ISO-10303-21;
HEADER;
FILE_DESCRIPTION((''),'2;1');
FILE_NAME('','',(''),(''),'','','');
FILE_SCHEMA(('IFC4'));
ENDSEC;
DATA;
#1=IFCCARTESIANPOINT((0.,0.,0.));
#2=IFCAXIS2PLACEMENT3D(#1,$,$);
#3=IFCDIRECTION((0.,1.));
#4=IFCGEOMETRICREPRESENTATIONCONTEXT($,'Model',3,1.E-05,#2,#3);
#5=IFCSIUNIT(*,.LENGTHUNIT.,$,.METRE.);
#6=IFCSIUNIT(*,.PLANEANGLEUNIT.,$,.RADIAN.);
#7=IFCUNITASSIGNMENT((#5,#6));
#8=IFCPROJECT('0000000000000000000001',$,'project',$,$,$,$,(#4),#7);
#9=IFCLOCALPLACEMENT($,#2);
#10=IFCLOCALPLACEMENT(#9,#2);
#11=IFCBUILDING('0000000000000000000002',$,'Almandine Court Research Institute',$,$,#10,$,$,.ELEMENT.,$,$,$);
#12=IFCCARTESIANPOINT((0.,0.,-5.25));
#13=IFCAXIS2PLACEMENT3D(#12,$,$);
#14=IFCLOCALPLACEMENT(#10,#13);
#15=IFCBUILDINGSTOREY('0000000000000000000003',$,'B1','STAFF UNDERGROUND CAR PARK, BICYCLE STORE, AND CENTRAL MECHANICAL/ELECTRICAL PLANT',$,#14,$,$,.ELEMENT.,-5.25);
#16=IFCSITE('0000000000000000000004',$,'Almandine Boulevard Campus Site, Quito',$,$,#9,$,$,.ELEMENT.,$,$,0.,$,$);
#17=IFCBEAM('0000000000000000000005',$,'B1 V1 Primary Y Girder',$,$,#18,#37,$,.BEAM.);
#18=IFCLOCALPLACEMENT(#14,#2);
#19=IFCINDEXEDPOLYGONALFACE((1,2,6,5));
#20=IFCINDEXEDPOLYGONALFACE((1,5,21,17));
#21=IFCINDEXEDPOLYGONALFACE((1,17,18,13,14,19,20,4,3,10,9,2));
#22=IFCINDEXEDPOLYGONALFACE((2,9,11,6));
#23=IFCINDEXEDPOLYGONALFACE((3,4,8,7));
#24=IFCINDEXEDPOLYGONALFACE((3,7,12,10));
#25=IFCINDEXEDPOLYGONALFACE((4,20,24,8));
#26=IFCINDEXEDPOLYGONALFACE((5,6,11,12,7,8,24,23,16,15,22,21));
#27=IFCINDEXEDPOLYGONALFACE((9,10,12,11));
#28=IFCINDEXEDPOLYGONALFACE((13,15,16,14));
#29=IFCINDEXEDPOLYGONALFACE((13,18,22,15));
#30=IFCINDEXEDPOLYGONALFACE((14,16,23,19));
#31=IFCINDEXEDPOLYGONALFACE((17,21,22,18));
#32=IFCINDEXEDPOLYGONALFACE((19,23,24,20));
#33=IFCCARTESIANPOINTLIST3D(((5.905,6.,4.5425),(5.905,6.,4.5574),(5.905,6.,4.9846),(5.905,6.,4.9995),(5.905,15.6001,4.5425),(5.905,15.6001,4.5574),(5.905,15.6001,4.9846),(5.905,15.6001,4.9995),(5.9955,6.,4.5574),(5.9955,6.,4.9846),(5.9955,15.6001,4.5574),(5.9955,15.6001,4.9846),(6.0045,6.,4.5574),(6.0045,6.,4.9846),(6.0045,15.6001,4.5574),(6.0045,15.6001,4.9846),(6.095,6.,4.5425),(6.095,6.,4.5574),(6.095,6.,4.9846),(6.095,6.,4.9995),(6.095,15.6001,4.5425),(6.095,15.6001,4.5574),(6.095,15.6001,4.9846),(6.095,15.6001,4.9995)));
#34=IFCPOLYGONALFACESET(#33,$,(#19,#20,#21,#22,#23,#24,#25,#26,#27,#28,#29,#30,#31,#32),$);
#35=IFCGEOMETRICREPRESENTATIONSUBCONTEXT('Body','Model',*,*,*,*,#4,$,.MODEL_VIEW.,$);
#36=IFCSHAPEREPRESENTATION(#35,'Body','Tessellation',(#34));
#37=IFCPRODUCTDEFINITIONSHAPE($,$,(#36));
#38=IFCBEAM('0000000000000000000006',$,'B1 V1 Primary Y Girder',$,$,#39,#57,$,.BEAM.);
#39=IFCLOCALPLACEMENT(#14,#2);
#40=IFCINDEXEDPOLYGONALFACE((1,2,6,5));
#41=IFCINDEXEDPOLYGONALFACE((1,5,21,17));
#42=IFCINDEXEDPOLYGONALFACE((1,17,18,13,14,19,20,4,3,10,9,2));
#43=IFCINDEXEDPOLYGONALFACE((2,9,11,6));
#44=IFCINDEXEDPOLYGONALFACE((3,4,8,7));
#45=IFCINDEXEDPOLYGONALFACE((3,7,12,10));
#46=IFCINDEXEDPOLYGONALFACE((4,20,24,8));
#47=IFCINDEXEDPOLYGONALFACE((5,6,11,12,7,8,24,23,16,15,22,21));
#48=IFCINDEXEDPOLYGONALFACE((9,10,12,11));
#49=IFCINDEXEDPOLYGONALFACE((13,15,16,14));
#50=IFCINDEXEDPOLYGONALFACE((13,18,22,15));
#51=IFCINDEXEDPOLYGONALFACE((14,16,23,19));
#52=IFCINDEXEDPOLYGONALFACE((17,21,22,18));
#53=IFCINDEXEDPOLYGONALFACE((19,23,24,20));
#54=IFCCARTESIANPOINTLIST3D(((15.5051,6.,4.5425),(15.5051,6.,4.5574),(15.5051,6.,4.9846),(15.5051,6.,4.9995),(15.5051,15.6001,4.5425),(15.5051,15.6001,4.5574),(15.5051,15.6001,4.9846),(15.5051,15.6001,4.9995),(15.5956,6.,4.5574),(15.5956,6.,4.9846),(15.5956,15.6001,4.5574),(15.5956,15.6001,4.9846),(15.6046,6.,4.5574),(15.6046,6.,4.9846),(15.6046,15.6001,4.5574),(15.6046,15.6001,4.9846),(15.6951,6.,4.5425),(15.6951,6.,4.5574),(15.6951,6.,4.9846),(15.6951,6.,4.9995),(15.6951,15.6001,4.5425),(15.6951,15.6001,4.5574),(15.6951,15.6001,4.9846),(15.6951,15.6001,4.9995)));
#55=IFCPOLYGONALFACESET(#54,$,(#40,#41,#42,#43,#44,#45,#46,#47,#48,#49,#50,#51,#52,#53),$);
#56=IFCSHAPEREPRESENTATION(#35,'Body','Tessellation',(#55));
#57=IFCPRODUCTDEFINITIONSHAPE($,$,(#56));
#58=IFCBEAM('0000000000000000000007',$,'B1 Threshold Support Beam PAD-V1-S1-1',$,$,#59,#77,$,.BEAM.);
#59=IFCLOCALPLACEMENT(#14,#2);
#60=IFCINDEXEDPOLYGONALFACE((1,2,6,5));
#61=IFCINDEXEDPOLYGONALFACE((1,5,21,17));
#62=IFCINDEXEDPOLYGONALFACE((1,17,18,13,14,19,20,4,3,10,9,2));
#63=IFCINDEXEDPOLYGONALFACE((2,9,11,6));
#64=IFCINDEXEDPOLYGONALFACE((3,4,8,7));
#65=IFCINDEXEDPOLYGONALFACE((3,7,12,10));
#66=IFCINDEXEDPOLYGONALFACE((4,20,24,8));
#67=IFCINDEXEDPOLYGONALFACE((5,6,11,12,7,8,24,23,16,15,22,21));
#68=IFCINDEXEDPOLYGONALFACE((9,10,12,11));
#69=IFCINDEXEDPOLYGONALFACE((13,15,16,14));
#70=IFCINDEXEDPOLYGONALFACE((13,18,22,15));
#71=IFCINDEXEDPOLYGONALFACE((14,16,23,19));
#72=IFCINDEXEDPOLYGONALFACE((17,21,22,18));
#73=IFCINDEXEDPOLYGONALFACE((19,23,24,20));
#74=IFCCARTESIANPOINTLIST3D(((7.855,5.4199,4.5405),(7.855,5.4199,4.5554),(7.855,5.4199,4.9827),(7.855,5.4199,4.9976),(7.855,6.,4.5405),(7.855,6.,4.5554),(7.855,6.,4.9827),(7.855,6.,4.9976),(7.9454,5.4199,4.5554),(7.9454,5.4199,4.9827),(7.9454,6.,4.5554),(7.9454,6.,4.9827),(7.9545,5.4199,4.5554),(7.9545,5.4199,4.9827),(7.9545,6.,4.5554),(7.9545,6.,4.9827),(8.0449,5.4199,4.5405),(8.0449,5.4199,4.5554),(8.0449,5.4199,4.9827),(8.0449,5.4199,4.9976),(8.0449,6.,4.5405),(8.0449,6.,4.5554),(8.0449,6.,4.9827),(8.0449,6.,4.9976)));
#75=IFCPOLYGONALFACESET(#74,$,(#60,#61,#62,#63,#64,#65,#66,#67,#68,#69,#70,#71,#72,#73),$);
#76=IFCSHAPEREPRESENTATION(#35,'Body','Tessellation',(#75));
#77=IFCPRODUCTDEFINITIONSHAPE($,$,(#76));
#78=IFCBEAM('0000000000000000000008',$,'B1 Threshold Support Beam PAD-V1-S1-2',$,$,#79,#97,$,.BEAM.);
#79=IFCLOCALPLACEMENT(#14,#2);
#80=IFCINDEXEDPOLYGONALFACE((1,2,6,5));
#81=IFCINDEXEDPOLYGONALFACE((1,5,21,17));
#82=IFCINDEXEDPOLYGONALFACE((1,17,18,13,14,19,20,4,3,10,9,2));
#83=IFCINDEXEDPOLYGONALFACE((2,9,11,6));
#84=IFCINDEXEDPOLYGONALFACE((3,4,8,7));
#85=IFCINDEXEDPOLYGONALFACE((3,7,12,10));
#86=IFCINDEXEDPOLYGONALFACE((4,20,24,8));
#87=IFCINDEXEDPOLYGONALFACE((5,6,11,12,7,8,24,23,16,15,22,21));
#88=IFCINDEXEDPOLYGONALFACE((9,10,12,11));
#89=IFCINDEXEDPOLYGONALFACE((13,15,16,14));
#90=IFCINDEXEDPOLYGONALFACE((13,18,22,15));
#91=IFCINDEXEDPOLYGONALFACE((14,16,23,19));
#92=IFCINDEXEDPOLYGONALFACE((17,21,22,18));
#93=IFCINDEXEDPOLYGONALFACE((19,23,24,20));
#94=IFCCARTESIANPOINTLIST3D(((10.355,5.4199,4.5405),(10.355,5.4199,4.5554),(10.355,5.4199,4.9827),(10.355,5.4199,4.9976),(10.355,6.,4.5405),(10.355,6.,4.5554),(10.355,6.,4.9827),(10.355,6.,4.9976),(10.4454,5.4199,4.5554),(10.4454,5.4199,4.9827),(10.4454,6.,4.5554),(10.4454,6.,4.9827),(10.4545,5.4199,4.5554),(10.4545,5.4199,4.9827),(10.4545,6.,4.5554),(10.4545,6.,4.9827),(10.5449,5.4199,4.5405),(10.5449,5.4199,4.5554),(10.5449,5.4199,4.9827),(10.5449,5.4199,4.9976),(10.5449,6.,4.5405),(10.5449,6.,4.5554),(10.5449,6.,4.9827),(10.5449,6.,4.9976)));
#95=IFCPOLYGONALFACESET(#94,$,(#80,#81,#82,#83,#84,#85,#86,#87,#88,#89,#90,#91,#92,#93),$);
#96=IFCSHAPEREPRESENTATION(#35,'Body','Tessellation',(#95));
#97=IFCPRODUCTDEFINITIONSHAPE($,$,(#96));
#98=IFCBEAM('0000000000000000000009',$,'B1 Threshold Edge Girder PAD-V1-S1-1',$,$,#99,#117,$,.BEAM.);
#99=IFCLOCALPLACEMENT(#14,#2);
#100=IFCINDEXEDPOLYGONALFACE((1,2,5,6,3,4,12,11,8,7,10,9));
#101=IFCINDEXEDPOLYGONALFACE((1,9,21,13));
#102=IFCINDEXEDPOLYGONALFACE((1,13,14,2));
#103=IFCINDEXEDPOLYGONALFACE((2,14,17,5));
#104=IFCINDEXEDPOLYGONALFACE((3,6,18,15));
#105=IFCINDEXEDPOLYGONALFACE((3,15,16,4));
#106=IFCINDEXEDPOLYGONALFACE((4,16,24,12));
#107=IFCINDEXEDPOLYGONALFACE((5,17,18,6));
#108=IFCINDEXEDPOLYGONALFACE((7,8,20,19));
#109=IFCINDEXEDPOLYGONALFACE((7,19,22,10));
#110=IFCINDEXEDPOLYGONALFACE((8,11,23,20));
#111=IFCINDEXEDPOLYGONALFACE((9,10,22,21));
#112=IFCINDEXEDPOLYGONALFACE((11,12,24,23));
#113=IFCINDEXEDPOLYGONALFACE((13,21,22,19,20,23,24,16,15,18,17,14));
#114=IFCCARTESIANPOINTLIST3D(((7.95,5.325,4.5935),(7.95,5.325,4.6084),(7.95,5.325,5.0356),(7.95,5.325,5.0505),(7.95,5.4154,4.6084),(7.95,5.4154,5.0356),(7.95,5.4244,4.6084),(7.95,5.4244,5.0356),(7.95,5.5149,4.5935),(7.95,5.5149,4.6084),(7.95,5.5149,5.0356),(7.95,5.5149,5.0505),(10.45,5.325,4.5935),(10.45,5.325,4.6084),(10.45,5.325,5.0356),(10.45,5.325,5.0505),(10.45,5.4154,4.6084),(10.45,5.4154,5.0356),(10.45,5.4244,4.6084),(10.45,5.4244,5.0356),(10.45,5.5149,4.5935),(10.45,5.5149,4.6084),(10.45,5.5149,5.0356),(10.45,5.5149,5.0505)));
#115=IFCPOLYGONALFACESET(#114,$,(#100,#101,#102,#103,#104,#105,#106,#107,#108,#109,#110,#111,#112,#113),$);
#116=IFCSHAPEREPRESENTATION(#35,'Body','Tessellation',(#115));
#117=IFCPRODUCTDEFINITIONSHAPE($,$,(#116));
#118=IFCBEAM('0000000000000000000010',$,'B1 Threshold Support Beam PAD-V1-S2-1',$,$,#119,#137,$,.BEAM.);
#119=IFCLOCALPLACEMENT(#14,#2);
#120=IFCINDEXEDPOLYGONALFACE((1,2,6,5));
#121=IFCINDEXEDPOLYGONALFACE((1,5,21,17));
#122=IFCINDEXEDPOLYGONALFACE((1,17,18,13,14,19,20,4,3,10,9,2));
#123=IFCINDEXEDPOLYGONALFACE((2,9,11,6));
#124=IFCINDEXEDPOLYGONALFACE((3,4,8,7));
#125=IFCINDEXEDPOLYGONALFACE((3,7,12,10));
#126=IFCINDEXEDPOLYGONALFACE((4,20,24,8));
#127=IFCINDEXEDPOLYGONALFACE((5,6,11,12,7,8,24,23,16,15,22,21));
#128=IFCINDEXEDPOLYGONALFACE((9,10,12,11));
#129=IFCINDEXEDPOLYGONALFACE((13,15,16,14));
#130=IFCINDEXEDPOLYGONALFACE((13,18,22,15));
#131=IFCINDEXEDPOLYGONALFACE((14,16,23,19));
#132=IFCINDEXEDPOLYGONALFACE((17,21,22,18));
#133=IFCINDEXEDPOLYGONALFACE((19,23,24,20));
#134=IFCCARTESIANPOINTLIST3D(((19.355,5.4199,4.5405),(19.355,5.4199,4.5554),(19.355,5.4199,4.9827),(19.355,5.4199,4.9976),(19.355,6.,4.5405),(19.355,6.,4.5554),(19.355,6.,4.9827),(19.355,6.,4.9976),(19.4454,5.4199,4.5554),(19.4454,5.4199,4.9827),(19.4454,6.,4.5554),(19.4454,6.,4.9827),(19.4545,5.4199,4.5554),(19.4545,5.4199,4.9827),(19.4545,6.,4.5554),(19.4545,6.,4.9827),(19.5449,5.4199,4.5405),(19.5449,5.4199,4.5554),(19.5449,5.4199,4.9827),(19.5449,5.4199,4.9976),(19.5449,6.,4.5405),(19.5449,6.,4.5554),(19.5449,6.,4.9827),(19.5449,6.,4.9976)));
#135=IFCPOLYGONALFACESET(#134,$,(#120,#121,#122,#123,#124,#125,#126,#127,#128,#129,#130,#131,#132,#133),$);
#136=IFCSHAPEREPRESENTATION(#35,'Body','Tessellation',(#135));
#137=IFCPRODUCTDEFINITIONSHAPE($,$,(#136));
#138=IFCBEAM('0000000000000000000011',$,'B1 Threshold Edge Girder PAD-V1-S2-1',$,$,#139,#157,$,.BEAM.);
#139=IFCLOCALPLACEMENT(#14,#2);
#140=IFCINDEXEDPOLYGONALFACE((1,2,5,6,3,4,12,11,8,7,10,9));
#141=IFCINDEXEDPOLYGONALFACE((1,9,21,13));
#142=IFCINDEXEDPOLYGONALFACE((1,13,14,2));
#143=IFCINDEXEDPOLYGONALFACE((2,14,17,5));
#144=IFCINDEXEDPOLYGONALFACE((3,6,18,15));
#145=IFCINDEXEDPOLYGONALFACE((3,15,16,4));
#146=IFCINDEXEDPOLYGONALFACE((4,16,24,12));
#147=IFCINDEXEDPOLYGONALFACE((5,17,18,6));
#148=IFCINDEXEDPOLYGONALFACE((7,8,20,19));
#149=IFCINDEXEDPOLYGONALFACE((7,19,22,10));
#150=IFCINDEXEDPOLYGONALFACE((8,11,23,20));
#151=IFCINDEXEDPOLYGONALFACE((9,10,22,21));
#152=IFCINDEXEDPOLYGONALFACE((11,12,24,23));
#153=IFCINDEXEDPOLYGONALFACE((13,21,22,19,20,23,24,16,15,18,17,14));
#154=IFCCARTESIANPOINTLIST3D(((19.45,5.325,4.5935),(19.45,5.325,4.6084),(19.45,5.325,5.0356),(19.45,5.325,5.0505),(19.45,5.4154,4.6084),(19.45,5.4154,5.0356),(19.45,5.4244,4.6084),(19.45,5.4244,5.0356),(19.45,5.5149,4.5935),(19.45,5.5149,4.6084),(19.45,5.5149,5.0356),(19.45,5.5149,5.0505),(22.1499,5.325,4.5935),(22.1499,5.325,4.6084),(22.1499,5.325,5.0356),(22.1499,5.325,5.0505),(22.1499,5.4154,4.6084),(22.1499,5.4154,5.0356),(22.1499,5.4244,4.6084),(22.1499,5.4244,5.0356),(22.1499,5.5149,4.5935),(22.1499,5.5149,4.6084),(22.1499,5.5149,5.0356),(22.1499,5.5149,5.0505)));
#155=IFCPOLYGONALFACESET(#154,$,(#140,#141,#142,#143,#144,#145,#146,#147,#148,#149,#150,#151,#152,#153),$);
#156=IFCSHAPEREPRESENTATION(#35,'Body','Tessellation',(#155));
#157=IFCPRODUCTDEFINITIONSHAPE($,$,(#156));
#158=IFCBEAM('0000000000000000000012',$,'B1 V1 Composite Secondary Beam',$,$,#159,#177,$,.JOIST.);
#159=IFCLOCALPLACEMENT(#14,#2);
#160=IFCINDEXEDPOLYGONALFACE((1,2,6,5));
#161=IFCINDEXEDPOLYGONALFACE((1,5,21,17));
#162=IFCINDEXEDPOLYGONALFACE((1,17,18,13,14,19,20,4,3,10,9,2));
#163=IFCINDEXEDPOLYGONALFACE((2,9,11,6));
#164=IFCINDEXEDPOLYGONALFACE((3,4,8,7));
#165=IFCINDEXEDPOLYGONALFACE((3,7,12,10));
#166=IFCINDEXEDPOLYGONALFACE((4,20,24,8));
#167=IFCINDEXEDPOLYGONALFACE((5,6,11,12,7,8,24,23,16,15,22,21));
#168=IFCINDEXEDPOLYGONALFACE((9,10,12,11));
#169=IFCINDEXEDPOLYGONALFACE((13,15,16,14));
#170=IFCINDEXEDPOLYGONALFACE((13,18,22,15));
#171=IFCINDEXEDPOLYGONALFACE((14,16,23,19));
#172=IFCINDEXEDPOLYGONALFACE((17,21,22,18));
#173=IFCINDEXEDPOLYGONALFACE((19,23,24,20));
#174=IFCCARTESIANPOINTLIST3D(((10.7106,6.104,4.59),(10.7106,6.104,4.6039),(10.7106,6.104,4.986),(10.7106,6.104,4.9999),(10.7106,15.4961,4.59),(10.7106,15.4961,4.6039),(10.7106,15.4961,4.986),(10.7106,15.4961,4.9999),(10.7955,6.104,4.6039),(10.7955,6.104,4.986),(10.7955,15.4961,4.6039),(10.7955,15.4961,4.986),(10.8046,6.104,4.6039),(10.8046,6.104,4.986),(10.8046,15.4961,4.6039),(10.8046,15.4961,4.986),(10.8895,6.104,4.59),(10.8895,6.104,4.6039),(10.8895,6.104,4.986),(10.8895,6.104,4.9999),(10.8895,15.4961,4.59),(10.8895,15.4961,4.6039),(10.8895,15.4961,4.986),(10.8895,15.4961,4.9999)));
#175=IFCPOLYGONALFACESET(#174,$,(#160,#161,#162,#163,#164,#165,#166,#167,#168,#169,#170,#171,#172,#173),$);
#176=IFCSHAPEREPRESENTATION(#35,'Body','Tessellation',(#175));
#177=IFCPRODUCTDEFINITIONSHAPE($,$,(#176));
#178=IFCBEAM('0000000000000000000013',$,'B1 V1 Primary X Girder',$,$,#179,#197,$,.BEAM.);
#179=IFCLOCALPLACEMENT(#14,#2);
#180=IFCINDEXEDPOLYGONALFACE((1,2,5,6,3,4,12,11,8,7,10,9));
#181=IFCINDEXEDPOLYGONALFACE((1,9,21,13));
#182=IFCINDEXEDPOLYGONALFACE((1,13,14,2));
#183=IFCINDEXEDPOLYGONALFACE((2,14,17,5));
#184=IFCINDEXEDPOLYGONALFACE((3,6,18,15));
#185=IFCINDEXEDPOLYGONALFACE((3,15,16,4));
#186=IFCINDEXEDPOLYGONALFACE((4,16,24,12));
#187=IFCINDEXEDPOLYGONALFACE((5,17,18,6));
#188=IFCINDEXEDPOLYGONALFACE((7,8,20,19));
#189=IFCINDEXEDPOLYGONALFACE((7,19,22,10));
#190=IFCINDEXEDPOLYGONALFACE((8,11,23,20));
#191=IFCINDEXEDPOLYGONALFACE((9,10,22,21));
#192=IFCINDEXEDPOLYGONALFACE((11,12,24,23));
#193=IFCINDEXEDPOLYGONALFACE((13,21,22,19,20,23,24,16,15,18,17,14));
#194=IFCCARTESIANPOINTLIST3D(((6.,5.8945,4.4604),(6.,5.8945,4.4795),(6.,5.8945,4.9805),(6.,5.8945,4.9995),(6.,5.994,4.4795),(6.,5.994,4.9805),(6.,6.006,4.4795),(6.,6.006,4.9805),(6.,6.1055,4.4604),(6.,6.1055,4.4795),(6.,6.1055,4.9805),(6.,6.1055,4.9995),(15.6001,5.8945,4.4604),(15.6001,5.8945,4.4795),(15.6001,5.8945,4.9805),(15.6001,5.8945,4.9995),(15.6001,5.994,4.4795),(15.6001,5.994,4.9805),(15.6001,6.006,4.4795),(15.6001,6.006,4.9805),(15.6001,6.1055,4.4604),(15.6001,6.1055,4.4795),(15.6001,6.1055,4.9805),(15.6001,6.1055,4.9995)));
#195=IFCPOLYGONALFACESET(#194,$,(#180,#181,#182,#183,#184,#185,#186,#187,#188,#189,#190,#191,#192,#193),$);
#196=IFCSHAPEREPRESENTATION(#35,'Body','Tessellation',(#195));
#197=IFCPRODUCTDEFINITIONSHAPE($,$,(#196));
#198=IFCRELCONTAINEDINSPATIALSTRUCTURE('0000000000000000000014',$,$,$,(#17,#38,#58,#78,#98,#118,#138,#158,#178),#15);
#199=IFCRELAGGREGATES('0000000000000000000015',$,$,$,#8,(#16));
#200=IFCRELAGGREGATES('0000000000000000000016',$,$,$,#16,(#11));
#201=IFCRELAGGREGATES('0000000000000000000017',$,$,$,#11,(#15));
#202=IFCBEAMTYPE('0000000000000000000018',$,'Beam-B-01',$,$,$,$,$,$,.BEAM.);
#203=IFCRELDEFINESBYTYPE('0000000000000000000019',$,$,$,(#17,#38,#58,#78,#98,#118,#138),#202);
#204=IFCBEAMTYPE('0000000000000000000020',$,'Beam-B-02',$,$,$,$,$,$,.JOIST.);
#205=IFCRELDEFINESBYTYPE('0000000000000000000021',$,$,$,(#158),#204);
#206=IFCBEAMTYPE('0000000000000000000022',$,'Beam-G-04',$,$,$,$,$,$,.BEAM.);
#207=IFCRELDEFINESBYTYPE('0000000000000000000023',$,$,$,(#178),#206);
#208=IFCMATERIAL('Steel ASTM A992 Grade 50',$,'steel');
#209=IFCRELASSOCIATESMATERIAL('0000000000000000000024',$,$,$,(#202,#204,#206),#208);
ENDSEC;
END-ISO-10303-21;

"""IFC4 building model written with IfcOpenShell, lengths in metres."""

from ifc_helpers import new_model, si_unit, direction, frame, origin, origin_2d, place, context, subcontext, project, spatial, i_section, extrude, material, material_profile, profile_set, type_object, element, save


model = new_model("IFC4")

# Units and contexts
model_context = context("Model", 3, precision=1e-05, world=origin(), true_north=direction((0.0, 1.0)))
body_context = subcontext(model_context, "Body", "Model", "MODEL_VIEW")
ifc_project = project(units=[si_unit("LENGTHUNIT", "METRE"), si_unit("PLANEANGLEUNIT", "RADIAN")], contexts=[model_context])

# Site, building, storey
site_placement = place(None, origin())
site = spatial("IfcSite", under=ifc_project, at=site_placement, Name="Almandine Boulevard Campus Site, Quito", CompositionType="ELEMENT", RefElevation=0.0)
building_placement = place(site_placement, origin())
building = spatial("IfcBuilding", under=site, at=building_placement, Name="Almandine Court Research Institute", CompositionType="ELEMENT")
storey_placement = place(building_placement, frame((0.0, 0.0, -5.25)))
storey = spatial("IfcBuildingStorey", under=building, at=storey_placement, Name="B1", Description="STAFF UNDERGROUND CAR PARK, BICYCLE STORE, AND CENTRAL MECHANICAL/ELECTRICAL PLANT", CompositionType="ELEMENT", Elevation=-5.25)

# Shared definitions
ifc_material_1 = material(Name="Steel ASTM A992 Grade 50", Category="steel")

# Beams
ifc_material_profile_1 = material_profile(ifc_material_1, i_section(OverallWidth=0.1899, OverallDepth=0.457, WebThickness=0.009, FlangeThickness=0.0149, at=origin_2d()), Name="W460x74")
ifc_profile_set_1 = profile_set([ifc_material_profile_1], Name="Steel ASTM A992 Grade 50")
beam_type_1 = type_object("IfcBeamType", Name="Beam-B-01", PredefinedType="BEAM", material=ifc_profile_set_1)
for number, where, z_axis, x_axis, name in (
    (1, (6.0, 6.0, 4.771), (0.0, 1.0, 0.0), (-1.0, 0.0, 0.0), "B1 V1 Primary Y Girder"),
    (2, (15.6001, 6.0, 4.771), (0.0, 1.0, 0.0), (-1.0, 0.0, 0.0), "B1 V1 Primary Y Girder"),
):
    element("IfcBeam", number, at=place(storey_placement, frame(where, z_axis=z_axis, x_axis=x_axis)), inside=storey, type_object=beam_type_1, Name=name, PredefinedType="BEAM", context=body_context, shape_type="SweptSolid", body=[
        extrude(i_section(OverallWidth=0.1899, OverallDepth=0.457, WebThickness=0.009, FlangeThickness=0.0149, at=origin_2d()), origin(), (0.0, 0.0, 1.0), 9.6001),
    ])
for number, where, z_axis, x_axis, name in (
    (3, (7.95, 5.4199, 4.769), (0.0, 1.0, 0.0), (-1.0, 0.0, 0.0), "B1 Threshold Support Beam PAD-V1-S1-1"),
    (4, (10.45, 5.4199, 4.769), (0.0, 1.0, 0.0), (-1.0, 0.0, 0.0), "B1 Threshold Support Beam PAD-V1-S1-2"),
):
    element("IfcBeam", number, at=place(storey_placement, frame(where, z_axis=z_axis, x_axis=x_axis)), inside=storey, type_object=beam_type_1, Name=name, PredefinedType="BEAM", context=body_context, shape_type="SweptSolid", body=[
        extrude(i_section(OverallWidth=0.1899, OverallDepth=0.457, WebThickness=0.009, FlangeThickness=0.0149, at=origin_2d()), origin(), (0.0, 0.0, 1.0), 0.5801),
    ])
beam_1_placement = place(storey_placement, frame((7.95, 5.4199, 4.822), z_axis=(1.0, 0.0, 0.0), x_axis=(0.0, 1.0, 0.0)))
element("IfcBeam", 5, at=beam_1_placement, inside=storey, type_object=beam_type_1, Name="B1 Threshold Edge Girder PAD-V1-S1-1", PredefinedType="BEAM", context=body_context, shape_type="SweptSolid", body=[
    extrude(i_section(OverallWidth=0.1899, OverallDepth=0.457, WebThickness=0.009, FlangeThickness=0.0149, at=origin_2d()), origin(), (0.0, 0.0, 1.0), 2.5),
])
beam_2_placement = place(storey_placement, frame((19.45, 5.4199, 4.769), z_axis=(0.0, 1.0, 0.0), x_axis=(-1.0, 0.0, 0.0)))
element("IfcBeam", 6, at=beam_2_placement, inside=storey, type_object=beam_type_1, Name="B1 Threshold Support Beam PAD-V1-S2-1", PredefinedType="BEAM", context=body_context, shape_type="SweptSolid", body=[
    extrude(i_section(OverallWidth=0.1899, OverallDepth=0.457, WebThickness=0.009, FlangeThickness=0.0149, at=origin_2d()), origin(), (0.0, 0.0, 1.0), 0.5801),
])
beam_3_placement = place(storey_placement, frame((19.45, 5.4199, 4.822), z_axis=(1.0, 0.0, 0.0), x_axis=(0.0, 1.0, 0.0)))
element("IfcBeam", 7, at=beam_3_placement, inside=storey, type_object=beam_type_1, Name="B1 Threshold Edge Girder PAD-V1-S2-1", PredefinedType="BEAM", context=body_context, shape_type="SweptSolid", body=[
    extrude(i_section(OverallWidth=0.1899, OverallDepth=0.457, WebThickness=0.009, FlangeThickness=0.0149, at=origin_2d()), origin(), (0.0, 0.0, 1.0), 2.7),
])
ifc_material_profile_2 = material_profile(ifc_material_1, i_section(OverallWidth=0.179, OverallDepth=0.4099, WebThickness=0.009, FlangeThickness=0.0139, at=origin_2d()), Name="W410x67")
ifc_profile_set_2 = profile_set([ifc_material_profile_2], Name="Steel ASTM A992 Grade 50")
beam_type_2 = type_object("IfcBeamType", Name="Beam-B-02", PredefinedType="JOIST", material=ifc_profile_set_2)
beam_4_placement = place(storey_placement, frame((10.8, 6.104, 4.7949), z_axis=(0.0, 1.0, 0.0), x_axis=(-1.0, 0.0, 0.0)))
element("IfcBeam", 8, at=beam_4_placement, inside=storey, type_object=beam_type_2, Name="B1 V1 Composite Secondary Beam", PredefinedType="JOIST", context=body_context, shape_type="SweptSolid", body=[
    extrude(i_section(OverallWidth=0.179, OverallDepth=0.4099, WebThickness=0.009, FlangeThickness=0.0139, at=origin_2d()), origin(), (0.0, 0.0, 1.0), 9.3921),
])
ifc_material_profile_3 = material_profile(ifc_material_1, i_section(OverallWidth=0.2109, OverallDepth=0.5391, WebThickness=0.012, FlangeThickness=0.019, at=origin_2d()), Name="W530x109")
ifc_profile_set_3 = profile_set([ifc_material_profile_3], Name="Steel ASTM A992 Grade 50")
beam_type_3 = type_object("IfcBeamType", Name="Beam-G-04", PredefinedType="BEAM", material=ifc_profile_set_3)
beam_5_placement = place(storey_placement, frame((6.0, 6.0, 4.73), z_axis=(1.0, 0.0, 0.0), x_axis=(0.0, 1.0, 0.0)))
element("IfcBeam", 9, at=beam_5_placement, inside=storey, type_object=beam_type_3, Name="B1 V1 Primary X Girder", PredefinedType="BEAM", context=body_context, shape_type="SweptSolid", body=[
    extrude(i_section(OverallWidth=0.2109, OverallDepth=0.5391, WebThickness=0.012, FlangeThickness=0.019, at=origin_2d()), origin(), (0.0, 0.0, 1.0), 9.6001),
])

save(model, "model.ifc")
